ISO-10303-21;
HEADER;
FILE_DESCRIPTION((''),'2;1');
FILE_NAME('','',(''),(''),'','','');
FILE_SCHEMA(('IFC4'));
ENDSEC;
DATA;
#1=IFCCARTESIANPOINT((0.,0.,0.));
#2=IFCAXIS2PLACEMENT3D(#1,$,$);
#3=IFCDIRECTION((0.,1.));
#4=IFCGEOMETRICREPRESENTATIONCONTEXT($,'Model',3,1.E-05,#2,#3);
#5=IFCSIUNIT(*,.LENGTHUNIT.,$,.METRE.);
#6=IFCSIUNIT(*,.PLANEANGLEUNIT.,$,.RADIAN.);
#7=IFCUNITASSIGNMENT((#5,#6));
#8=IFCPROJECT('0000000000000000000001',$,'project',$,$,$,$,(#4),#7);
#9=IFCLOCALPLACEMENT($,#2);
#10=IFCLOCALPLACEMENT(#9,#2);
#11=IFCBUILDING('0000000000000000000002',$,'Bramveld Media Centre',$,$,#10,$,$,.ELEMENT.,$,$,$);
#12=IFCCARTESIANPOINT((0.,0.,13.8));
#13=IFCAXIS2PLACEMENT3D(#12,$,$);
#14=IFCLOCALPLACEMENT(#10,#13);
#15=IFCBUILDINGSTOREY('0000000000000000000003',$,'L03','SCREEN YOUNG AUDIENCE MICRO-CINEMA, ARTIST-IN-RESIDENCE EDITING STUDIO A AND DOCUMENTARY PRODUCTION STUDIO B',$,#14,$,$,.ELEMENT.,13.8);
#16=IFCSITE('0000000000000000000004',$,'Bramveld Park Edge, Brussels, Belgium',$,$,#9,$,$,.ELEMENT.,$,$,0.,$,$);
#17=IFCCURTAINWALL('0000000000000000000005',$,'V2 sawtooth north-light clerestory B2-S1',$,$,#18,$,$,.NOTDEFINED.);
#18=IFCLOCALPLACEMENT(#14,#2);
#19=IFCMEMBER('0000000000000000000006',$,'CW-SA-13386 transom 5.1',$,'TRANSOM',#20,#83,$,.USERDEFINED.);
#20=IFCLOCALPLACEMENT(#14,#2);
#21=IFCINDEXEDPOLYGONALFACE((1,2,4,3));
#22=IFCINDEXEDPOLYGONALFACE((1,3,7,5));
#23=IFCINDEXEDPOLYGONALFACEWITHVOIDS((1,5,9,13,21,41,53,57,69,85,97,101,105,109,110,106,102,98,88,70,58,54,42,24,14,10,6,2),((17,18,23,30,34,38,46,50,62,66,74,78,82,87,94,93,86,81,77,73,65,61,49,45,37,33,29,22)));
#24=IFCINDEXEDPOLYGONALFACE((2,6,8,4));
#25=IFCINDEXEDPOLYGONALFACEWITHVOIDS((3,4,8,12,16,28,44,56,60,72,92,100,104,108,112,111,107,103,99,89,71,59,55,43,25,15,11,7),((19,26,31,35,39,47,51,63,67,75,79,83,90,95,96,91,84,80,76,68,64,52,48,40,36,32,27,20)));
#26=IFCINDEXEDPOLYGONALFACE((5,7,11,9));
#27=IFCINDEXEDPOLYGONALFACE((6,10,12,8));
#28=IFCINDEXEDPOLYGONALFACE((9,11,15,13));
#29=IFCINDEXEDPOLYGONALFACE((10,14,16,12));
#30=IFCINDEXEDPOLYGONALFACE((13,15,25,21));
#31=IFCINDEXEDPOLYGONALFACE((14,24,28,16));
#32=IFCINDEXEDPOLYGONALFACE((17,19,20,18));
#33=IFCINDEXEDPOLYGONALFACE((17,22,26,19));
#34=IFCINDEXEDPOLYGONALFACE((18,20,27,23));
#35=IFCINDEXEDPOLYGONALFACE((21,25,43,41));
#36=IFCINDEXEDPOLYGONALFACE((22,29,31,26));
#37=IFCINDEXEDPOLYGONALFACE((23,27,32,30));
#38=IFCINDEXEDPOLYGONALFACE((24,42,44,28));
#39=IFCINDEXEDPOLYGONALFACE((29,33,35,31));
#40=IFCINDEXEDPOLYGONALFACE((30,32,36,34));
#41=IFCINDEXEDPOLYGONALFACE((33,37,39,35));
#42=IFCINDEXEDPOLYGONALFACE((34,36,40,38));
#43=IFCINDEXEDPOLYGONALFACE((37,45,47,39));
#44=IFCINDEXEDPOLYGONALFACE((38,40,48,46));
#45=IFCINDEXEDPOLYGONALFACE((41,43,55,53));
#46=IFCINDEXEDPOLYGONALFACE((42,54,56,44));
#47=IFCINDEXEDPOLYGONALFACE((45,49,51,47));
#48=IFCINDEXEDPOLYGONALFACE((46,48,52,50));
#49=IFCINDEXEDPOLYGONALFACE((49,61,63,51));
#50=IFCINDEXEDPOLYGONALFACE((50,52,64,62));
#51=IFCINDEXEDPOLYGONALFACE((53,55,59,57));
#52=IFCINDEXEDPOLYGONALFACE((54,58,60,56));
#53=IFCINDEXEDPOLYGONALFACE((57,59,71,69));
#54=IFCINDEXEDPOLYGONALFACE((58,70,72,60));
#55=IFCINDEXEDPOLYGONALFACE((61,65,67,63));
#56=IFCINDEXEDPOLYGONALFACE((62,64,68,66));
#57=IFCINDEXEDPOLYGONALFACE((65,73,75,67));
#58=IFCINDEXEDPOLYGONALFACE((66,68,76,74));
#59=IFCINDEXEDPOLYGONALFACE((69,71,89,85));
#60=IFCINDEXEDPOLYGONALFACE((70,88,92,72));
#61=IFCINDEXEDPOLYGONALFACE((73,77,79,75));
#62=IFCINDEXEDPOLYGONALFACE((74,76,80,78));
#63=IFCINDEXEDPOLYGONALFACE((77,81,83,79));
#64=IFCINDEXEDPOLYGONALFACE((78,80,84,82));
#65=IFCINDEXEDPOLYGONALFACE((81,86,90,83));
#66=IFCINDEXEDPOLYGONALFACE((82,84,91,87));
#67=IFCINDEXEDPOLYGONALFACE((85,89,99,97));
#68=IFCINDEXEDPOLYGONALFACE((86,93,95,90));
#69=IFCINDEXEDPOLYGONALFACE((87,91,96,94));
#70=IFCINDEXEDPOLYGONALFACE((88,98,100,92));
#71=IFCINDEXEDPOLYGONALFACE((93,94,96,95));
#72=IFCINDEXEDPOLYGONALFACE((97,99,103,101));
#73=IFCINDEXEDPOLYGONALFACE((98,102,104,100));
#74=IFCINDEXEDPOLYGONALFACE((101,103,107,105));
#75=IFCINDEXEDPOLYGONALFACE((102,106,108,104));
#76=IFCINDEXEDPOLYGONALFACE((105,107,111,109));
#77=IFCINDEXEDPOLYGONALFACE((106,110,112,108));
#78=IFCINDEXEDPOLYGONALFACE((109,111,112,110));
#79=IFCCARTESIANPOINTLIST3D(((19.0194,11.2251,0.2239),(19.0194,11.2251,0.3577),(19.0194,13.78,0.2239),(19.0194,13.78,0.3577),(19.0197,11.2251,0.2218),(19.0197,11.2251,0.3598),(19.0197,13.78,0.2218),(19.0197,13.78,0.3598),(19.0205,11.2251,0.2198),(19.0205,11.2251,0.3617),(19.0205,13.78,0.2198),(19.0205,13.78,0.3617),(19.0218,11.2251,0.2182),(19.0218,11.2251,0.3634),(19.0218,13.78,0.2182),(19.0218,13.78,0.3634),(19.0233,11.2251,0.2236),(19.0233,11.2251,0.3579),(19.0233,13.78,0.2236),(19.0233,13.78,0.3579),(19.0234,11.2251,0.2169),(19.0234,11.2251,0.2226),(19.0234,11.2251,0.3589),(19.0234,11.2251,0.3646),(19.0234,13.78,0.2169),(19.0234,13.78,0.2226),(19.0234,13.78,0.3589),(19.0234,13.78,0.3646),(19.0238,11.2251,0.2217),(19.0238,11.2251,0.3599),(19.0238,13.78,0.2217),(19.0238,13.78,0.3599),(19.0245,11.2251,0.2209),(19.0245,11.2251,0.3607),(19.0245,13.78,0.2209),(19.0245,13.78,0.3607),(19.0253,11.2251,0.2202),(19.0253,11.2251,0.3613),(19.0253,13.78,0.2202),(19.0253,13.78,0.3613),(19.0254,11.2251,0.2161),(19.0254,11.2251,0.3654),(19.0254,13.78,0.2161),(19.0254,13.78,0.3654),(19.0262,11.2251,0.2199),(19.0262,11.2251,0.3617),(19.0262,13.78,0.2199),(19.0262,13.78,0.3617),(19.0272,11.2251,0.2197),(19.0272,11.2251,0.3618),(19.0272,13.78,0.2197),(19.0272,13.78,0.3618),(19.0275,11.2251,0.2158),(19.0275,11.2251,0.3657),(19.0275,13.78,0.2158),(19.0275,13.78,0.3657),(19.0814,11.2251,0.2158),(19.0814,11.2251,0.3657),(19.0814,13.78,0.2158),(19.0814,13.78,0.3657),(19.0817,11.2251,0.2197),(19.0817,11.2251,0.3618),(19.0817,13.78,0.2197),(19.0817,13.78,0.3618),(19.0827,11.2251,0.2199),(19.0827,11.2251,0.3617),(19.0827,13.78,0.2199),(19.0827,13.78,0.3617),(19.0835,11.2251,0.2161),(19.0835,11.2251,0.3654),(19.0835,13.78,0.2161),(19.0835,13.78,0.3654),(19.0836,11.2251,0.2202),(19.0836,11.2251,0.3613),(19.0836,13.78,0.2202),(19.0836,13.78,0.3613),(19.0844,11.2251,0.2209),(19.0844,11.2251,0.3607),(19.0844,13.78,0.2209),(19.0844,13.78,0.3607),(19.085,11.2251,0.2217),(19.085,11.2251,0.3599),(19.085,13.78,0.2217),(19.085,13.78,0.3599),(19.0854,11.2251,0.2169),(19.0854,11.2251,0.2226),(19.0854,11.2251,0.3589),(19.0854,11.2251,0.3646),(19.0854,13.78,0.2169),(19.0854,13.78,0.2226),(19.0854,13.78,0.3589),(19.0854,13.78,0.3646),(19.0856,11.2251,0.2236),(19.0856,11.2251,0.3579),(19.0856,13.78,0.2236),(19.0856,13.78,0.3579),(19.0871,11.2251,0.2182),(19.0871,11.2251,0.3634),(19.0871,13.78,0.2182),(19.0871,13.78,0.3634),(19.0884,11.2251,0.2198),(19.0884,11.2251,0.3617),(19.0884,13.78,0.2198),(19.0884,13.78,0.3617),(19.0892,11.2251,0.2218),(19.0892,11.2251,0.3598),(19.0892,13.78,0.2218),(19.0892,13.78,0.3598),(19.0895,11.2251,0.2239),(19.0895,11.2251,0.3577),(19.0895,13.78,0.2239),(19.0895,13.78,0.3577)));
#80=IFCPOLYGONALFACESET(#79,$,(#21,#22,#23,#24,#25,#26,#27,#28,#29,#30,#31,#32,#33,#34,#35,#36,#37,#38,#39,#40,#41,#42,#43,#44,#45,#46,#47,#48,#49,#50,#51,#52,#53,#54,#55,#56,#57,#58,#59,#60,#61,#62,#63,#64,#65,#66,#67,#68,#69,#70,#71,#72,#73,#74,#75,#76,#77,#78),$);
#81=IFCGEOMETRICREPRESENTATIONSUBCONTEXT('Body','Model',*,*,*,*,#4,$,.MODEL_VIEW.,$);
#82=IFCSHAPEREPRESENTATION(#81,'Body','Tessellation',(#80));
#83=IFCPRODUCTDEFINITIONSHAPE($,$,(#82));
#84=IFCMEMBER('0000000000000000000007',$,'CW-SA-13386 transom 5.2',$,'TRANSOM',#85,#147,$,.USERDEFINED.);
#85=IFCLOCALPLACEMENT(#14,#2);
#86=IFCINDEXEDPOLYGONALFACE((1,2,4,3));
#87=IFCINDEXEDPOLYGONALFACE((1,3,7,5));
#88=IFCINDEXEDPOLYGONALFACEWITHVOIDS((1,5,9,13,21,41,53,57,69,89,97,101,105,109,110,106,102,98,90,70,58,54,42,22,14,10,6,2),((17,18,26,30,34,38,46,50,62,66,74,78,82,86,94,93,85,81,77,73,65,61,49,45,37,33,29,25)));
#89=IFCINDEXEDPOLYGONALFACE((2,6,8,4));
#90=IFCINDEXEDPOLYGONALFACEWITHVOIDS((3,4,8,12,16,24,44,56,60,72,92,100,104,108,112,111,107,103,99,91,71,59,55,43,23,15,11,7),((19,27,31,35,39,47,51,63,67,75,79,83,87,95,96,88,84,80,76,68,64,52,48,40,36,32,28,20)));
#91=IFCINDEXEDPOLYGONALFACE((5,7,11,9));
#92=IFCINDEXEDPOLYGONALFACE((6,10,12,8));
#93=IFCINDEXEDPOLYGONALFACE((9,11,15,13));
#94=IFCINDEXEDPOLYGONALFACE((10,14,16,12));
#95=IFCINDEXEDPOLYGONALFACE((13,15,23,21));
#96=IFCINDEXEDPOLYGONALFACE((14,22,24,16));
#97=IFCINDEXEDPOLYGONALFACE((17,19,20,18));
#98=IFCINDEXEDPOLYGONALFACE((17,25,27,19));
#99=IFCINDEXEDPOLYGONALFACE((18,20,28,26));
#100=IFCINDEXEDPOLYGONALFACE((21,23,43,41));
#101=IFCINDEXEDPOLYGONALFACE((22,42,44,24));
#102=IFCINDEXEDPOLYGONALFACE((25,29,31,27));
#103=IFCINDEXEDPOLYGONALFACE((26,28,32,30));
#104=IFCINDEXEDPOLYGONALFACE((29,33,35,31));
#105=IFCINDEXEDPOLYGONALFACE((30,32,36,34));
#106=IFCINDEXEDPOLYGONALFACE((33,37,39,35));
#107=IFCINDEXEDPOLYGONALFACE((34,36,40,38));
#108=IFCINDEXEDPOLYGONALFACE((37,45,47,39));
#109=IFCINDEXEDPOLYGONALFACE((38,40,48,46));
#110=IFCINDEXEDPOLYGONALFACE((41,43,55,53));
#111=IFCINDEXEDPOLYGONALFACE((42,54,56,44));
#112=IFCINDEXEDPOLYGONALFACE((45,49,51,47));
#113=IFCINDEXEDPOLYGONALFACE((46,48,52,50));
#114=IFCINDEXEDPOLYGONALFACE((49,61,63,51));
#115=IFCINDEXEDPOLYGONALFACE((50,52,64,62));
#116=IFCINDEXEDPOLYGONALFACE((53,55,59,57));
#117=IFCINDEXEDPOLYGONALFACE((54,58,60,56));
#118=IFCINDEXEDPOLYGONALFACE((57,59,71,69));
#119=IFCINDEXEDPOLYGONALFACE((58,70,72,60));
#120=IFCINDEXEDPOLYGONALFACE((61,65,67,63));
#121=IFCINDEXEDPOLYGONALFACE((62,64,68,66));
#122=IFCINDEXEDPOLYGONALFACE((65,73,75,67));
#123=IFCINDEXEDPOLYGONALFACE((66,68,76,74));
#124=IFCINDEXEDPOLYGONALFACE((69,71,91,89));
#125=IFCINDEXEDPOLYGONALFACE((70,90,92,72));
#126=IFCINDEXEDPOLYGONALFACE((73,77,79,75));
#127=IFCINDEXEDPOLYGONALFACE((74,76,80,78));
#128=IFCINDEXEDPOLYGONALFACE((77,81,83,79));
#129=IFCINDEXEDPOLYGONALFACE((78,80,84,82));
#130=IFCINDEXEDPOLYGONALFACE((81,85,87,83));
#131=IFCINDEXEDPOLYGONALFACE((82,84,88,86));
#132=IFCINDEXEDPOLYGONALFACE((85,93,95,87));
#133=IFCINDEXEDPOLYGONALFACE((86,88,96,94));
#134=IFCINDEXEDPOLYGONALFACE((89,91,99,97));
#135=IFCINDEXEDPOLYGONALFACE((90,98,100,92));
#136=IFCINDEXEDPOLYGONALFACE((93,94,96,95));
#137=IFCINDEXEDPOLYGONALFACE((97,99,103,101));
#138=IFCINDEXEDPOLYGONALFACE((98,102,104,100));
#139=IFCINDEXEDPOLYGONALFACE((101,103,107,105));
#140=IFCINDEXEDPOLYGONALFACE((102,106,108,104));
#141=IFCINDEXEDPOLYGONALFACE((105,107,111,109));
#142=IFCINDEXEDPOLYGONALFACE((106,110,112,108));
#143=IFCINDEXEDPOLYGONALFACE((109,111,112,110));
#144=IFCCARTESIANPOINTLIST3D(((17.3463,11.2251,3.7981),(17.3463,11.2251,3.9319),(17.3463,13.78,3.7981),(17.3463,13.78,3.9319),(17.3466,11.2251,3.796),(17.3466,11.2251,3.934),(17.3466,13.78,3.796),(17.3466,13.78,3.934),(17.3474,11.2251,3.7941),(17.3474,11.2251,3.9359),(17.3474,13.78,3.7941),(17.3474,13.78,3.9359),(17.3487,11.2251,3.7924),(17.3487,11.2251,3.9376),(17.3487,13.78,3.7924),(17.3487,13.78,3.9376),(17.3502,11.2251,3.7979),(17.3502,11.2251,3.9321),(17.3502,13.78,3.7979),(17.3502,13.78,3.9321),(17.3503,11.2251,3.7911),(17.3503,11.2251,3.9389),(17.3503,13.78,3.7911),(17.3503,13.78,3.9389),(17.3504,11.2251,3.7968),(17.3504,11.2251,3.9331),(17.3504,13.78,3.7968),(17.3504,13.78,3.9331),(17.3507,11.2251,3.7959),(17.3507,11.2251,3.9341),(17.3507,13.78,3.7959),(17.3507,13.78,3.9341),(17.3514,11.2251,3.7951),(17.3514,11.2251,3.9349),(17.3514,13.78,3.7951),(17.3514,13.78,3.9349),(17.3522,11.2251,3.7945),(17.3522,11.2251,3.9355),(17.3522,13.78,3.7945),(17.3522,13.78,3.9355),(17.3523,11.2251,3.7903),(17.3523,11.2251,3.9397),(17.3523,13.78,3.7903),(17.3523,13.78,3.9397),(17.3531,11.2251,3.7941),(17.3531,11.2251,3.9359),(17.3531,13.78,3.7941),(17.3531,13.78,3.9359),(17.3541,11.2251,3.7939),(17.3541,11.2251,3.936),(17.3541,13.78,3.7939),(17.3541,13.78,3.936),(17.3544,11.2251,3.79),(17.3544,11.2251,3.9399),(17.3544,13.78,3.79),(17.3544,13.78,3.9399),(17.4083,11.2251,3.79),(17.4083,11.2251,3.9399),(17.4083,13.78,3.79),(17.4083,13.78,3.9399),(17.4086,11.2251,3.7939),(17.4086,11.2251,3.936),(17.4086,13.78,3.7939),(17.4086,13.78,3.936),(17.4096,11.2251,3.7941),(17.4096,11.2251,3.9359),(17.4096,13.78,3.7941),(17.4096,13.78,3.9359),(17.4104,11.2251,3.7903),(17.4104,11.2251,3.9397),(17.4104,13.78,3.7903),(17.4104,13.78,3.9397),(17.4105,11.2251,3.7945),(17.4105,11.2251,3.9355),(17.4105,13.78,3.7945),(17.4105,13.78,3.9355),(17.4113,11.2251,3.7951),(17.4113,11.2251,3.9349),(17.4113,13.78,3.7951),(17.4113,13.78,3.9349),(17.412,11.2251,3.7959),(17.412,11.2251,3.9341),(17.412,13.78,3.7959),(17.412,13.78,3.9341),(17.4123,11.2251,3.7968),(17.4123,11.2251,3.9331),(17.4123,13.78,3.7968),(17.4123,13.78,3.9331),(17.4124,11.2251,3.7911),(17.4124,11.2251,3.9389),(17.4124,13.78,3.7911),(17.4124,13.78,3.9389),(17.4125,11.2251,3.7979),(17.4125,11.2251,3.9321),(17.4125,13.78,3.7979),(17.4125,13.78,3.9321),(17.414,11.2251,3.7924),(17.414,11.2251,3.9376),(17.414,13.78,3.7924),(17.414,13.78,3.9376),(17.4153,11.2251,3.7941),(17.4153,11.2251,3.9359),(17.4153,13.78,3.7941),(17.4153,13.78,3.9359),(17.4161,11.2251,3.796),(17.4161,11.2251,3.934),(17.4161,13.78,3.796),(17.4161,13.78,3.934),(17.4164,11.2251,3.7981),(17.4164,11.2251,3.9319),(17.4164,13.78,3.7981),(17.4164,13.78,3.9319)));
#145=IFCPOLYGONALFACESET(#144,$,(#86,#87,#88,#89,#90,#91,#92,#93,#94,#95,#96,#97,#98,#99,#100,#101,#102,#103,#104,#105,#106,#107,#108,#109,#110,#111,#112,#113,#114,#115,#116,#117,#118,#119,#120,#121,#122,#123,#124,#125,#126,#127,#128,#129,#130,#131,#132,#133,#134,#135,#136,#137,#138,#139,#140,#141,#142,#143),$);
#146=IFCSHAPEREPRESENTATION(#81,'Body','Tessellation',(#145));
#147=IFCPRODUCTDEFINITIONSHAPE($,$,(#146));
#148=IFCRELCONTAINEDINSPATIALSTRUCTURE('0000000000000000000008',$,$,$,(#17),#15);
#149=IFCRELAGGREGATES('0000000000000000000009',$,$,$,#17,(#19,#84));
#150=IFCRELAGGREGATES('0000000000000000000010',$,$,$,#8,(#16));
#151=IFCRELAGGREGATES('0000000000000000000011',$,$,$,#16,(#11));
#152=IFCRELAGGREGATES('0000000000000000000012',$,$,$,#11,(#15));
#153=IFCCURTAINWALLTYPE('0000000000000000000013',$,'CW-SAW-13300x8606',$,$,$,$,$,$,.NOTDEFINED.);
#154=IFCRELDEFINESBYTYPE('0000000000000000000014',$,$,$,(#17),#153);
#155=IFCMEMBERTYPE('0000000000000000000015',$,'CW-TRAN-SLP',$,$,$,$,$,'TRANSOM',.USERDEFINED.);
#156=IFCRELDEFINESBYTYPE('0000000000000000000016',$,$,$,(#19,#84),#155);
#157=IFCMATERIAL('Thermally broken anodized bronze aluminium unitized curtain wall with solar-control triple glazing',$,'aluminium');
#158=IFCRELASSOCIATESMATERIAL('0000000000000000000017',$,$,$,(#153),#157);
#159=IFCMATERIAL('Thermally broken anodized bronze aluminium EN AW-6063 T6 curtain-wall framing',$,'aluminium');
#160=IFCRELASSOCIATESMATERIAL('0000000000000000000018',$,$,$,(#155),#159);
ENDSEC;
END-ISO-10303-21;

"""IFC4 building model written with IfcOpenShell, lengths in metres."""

from ifc_helpers import new_model, si_unit, direction, frame, origin, origin_2d, place, context, subcontext, project, spatial, hollow_rectangle, extrude, material, material_profile, profile_set, type_object, element, aggregate, save


model = new_model("IFC4")

# Units and contexts
model_context = context("Model", 3, precision=1e-05, world=origin(), true_north=direction((0.0, 1.0)))
body_context = subcontext(model_context, "Body", "Model", "MODEL_VIEW")
ifc_project = project(units=[si_unit("LENGTHUNIT", "METRE"), si_unit("PLANEANGLEUNIT", "RADIAN")], contexts=[model_context])

# Site, building, storey
site_placement = place(None, origin())
site = spatial("IfcSite", under=ifc_project, at=site_placement, Name="Bramveld Park Edge, Brussels, Belgium", CompositionType="ELEMENT", RefElevation=0.0)
building_placement = place(site_placement, origin())
building = spatial("IfcBuilding", under=site, at=building_placement, Name="Bramveld Media Centre", CompositionType="ELEMENT")
storey_placement = place(building_placement, frame((0.0, 0.0, 13.8)))
storey = spatial("IfcBuildingStorey", under=building, at=storey_placement, Name="L03", Description="SCREEN YOUNG AUDIENCE MICRO-CINEMA, ARTIST-IN-RESIDENCE EDITING STUDIO A AND DOCUMENTARY PRODUCTION STUDIO B", CompositionType="ELEMENT", Elevation=13.8)

# Curtain wall
ifc_material_1 = material(Name="Thermally broken anodized bronze aluminium unitized curtain wall with solar-control triple glazing", Category="aluminium")
curtain_wall_type = type_object("IfcCurtainWallType", Name="CW-SAW-13300x8606", PredefinedType="NOTDEFINED", material=ifc_material_1)
curtain_wall_1_placement = place(storey_placement, origin())
curtain_wall_1 = element("IfcCurtainWall", 1, at=curtain_wall_1_placement, inside=storey, type_object=curtain_wall_type, Name="V2 sawtooth north-light clerestory B2-S1", PredefinedType="NOTDEFINED")

# Members
ifc_material_2 = material(Name="Thermally broken anodized bronze aluminium EN AW-6063 T6 curtain-wall framing", Category="aluminium")
ifc_material_profile_1 = material_profile(ifc_material_2, hollow_rectangle(XDim=0.0701, YDim=0.1499, WallThickness=0.0039, InnerFilletRadius=0.0039, OuterFilletRadius=0.0081, at=origin_2d()), Name="AL-TRAN 70x150")
ifc_profile_set_1 = profile_set([ifc_material_profile_1], Name="Thermally broken anodized bronze aluminium EN AW-6063 T6 curtain-wall framing")
member_type_1 = type_object("IfcMemberType", Name="CW-TRAN-SLP", ElementType="TRANSOM", PredefinedType="USERDEFINED", material=ifc_profile_set_1)
member_1_placement = place(storey_placement, frame((19.0544, 11.2251, 0.2908), z_axis=(0.0, 1.0, 0.0), x_axis=(-1.0, 0.0, 0.0)))
member_1 = element("IfcMember", 2, at=member_1_placement, type_object=member_type_1, Name="CW-SA-13386 transom 5.1", ObjectType="TRANSOM", PredefinedType="USERDEFINED", context=body_context, shape_type="SweptSolid", body=[
    extrude(hollow_rectangle(XDim=0.0701, YDim=0.1499, WallThickness=0.0039, InnerFilletRadius=0.0039, OuterFilletRadius=0.0081, at=origin_2d()), origin(), (0.0, 0.0, 1.0), 2.5549),
])
member_2_placement = place(storey_placement, frame((17.3813, 11.2251, 3.865), z_axis=(0.0, 1.0, 0.0), x_axis=(-1.0, 0.0, 0.0)))
member_2 = element("IfcMember", 3, at=member_2_placement, type_object=member_type_1, Name="CW-SA-13386 transom 5.2", ObjectType="TRANSOM", PredefinedType="USERDEFINED", context=body_context, shape_type="SweptSolid", body=[
    extrude(hollow_rectangle(XDim=0.0701, YDim=0.1499, WallThickness=0.0039, InnerFilletRadius=0.0039, OuterFilletRadius=0.0081, at=origin_2d()), origin(), (0.0, 0.0, 1.0), 2.5549),
])

aggregate(curtain_wall_1, [member_1, member_2])

save(model, "model.ifc")
